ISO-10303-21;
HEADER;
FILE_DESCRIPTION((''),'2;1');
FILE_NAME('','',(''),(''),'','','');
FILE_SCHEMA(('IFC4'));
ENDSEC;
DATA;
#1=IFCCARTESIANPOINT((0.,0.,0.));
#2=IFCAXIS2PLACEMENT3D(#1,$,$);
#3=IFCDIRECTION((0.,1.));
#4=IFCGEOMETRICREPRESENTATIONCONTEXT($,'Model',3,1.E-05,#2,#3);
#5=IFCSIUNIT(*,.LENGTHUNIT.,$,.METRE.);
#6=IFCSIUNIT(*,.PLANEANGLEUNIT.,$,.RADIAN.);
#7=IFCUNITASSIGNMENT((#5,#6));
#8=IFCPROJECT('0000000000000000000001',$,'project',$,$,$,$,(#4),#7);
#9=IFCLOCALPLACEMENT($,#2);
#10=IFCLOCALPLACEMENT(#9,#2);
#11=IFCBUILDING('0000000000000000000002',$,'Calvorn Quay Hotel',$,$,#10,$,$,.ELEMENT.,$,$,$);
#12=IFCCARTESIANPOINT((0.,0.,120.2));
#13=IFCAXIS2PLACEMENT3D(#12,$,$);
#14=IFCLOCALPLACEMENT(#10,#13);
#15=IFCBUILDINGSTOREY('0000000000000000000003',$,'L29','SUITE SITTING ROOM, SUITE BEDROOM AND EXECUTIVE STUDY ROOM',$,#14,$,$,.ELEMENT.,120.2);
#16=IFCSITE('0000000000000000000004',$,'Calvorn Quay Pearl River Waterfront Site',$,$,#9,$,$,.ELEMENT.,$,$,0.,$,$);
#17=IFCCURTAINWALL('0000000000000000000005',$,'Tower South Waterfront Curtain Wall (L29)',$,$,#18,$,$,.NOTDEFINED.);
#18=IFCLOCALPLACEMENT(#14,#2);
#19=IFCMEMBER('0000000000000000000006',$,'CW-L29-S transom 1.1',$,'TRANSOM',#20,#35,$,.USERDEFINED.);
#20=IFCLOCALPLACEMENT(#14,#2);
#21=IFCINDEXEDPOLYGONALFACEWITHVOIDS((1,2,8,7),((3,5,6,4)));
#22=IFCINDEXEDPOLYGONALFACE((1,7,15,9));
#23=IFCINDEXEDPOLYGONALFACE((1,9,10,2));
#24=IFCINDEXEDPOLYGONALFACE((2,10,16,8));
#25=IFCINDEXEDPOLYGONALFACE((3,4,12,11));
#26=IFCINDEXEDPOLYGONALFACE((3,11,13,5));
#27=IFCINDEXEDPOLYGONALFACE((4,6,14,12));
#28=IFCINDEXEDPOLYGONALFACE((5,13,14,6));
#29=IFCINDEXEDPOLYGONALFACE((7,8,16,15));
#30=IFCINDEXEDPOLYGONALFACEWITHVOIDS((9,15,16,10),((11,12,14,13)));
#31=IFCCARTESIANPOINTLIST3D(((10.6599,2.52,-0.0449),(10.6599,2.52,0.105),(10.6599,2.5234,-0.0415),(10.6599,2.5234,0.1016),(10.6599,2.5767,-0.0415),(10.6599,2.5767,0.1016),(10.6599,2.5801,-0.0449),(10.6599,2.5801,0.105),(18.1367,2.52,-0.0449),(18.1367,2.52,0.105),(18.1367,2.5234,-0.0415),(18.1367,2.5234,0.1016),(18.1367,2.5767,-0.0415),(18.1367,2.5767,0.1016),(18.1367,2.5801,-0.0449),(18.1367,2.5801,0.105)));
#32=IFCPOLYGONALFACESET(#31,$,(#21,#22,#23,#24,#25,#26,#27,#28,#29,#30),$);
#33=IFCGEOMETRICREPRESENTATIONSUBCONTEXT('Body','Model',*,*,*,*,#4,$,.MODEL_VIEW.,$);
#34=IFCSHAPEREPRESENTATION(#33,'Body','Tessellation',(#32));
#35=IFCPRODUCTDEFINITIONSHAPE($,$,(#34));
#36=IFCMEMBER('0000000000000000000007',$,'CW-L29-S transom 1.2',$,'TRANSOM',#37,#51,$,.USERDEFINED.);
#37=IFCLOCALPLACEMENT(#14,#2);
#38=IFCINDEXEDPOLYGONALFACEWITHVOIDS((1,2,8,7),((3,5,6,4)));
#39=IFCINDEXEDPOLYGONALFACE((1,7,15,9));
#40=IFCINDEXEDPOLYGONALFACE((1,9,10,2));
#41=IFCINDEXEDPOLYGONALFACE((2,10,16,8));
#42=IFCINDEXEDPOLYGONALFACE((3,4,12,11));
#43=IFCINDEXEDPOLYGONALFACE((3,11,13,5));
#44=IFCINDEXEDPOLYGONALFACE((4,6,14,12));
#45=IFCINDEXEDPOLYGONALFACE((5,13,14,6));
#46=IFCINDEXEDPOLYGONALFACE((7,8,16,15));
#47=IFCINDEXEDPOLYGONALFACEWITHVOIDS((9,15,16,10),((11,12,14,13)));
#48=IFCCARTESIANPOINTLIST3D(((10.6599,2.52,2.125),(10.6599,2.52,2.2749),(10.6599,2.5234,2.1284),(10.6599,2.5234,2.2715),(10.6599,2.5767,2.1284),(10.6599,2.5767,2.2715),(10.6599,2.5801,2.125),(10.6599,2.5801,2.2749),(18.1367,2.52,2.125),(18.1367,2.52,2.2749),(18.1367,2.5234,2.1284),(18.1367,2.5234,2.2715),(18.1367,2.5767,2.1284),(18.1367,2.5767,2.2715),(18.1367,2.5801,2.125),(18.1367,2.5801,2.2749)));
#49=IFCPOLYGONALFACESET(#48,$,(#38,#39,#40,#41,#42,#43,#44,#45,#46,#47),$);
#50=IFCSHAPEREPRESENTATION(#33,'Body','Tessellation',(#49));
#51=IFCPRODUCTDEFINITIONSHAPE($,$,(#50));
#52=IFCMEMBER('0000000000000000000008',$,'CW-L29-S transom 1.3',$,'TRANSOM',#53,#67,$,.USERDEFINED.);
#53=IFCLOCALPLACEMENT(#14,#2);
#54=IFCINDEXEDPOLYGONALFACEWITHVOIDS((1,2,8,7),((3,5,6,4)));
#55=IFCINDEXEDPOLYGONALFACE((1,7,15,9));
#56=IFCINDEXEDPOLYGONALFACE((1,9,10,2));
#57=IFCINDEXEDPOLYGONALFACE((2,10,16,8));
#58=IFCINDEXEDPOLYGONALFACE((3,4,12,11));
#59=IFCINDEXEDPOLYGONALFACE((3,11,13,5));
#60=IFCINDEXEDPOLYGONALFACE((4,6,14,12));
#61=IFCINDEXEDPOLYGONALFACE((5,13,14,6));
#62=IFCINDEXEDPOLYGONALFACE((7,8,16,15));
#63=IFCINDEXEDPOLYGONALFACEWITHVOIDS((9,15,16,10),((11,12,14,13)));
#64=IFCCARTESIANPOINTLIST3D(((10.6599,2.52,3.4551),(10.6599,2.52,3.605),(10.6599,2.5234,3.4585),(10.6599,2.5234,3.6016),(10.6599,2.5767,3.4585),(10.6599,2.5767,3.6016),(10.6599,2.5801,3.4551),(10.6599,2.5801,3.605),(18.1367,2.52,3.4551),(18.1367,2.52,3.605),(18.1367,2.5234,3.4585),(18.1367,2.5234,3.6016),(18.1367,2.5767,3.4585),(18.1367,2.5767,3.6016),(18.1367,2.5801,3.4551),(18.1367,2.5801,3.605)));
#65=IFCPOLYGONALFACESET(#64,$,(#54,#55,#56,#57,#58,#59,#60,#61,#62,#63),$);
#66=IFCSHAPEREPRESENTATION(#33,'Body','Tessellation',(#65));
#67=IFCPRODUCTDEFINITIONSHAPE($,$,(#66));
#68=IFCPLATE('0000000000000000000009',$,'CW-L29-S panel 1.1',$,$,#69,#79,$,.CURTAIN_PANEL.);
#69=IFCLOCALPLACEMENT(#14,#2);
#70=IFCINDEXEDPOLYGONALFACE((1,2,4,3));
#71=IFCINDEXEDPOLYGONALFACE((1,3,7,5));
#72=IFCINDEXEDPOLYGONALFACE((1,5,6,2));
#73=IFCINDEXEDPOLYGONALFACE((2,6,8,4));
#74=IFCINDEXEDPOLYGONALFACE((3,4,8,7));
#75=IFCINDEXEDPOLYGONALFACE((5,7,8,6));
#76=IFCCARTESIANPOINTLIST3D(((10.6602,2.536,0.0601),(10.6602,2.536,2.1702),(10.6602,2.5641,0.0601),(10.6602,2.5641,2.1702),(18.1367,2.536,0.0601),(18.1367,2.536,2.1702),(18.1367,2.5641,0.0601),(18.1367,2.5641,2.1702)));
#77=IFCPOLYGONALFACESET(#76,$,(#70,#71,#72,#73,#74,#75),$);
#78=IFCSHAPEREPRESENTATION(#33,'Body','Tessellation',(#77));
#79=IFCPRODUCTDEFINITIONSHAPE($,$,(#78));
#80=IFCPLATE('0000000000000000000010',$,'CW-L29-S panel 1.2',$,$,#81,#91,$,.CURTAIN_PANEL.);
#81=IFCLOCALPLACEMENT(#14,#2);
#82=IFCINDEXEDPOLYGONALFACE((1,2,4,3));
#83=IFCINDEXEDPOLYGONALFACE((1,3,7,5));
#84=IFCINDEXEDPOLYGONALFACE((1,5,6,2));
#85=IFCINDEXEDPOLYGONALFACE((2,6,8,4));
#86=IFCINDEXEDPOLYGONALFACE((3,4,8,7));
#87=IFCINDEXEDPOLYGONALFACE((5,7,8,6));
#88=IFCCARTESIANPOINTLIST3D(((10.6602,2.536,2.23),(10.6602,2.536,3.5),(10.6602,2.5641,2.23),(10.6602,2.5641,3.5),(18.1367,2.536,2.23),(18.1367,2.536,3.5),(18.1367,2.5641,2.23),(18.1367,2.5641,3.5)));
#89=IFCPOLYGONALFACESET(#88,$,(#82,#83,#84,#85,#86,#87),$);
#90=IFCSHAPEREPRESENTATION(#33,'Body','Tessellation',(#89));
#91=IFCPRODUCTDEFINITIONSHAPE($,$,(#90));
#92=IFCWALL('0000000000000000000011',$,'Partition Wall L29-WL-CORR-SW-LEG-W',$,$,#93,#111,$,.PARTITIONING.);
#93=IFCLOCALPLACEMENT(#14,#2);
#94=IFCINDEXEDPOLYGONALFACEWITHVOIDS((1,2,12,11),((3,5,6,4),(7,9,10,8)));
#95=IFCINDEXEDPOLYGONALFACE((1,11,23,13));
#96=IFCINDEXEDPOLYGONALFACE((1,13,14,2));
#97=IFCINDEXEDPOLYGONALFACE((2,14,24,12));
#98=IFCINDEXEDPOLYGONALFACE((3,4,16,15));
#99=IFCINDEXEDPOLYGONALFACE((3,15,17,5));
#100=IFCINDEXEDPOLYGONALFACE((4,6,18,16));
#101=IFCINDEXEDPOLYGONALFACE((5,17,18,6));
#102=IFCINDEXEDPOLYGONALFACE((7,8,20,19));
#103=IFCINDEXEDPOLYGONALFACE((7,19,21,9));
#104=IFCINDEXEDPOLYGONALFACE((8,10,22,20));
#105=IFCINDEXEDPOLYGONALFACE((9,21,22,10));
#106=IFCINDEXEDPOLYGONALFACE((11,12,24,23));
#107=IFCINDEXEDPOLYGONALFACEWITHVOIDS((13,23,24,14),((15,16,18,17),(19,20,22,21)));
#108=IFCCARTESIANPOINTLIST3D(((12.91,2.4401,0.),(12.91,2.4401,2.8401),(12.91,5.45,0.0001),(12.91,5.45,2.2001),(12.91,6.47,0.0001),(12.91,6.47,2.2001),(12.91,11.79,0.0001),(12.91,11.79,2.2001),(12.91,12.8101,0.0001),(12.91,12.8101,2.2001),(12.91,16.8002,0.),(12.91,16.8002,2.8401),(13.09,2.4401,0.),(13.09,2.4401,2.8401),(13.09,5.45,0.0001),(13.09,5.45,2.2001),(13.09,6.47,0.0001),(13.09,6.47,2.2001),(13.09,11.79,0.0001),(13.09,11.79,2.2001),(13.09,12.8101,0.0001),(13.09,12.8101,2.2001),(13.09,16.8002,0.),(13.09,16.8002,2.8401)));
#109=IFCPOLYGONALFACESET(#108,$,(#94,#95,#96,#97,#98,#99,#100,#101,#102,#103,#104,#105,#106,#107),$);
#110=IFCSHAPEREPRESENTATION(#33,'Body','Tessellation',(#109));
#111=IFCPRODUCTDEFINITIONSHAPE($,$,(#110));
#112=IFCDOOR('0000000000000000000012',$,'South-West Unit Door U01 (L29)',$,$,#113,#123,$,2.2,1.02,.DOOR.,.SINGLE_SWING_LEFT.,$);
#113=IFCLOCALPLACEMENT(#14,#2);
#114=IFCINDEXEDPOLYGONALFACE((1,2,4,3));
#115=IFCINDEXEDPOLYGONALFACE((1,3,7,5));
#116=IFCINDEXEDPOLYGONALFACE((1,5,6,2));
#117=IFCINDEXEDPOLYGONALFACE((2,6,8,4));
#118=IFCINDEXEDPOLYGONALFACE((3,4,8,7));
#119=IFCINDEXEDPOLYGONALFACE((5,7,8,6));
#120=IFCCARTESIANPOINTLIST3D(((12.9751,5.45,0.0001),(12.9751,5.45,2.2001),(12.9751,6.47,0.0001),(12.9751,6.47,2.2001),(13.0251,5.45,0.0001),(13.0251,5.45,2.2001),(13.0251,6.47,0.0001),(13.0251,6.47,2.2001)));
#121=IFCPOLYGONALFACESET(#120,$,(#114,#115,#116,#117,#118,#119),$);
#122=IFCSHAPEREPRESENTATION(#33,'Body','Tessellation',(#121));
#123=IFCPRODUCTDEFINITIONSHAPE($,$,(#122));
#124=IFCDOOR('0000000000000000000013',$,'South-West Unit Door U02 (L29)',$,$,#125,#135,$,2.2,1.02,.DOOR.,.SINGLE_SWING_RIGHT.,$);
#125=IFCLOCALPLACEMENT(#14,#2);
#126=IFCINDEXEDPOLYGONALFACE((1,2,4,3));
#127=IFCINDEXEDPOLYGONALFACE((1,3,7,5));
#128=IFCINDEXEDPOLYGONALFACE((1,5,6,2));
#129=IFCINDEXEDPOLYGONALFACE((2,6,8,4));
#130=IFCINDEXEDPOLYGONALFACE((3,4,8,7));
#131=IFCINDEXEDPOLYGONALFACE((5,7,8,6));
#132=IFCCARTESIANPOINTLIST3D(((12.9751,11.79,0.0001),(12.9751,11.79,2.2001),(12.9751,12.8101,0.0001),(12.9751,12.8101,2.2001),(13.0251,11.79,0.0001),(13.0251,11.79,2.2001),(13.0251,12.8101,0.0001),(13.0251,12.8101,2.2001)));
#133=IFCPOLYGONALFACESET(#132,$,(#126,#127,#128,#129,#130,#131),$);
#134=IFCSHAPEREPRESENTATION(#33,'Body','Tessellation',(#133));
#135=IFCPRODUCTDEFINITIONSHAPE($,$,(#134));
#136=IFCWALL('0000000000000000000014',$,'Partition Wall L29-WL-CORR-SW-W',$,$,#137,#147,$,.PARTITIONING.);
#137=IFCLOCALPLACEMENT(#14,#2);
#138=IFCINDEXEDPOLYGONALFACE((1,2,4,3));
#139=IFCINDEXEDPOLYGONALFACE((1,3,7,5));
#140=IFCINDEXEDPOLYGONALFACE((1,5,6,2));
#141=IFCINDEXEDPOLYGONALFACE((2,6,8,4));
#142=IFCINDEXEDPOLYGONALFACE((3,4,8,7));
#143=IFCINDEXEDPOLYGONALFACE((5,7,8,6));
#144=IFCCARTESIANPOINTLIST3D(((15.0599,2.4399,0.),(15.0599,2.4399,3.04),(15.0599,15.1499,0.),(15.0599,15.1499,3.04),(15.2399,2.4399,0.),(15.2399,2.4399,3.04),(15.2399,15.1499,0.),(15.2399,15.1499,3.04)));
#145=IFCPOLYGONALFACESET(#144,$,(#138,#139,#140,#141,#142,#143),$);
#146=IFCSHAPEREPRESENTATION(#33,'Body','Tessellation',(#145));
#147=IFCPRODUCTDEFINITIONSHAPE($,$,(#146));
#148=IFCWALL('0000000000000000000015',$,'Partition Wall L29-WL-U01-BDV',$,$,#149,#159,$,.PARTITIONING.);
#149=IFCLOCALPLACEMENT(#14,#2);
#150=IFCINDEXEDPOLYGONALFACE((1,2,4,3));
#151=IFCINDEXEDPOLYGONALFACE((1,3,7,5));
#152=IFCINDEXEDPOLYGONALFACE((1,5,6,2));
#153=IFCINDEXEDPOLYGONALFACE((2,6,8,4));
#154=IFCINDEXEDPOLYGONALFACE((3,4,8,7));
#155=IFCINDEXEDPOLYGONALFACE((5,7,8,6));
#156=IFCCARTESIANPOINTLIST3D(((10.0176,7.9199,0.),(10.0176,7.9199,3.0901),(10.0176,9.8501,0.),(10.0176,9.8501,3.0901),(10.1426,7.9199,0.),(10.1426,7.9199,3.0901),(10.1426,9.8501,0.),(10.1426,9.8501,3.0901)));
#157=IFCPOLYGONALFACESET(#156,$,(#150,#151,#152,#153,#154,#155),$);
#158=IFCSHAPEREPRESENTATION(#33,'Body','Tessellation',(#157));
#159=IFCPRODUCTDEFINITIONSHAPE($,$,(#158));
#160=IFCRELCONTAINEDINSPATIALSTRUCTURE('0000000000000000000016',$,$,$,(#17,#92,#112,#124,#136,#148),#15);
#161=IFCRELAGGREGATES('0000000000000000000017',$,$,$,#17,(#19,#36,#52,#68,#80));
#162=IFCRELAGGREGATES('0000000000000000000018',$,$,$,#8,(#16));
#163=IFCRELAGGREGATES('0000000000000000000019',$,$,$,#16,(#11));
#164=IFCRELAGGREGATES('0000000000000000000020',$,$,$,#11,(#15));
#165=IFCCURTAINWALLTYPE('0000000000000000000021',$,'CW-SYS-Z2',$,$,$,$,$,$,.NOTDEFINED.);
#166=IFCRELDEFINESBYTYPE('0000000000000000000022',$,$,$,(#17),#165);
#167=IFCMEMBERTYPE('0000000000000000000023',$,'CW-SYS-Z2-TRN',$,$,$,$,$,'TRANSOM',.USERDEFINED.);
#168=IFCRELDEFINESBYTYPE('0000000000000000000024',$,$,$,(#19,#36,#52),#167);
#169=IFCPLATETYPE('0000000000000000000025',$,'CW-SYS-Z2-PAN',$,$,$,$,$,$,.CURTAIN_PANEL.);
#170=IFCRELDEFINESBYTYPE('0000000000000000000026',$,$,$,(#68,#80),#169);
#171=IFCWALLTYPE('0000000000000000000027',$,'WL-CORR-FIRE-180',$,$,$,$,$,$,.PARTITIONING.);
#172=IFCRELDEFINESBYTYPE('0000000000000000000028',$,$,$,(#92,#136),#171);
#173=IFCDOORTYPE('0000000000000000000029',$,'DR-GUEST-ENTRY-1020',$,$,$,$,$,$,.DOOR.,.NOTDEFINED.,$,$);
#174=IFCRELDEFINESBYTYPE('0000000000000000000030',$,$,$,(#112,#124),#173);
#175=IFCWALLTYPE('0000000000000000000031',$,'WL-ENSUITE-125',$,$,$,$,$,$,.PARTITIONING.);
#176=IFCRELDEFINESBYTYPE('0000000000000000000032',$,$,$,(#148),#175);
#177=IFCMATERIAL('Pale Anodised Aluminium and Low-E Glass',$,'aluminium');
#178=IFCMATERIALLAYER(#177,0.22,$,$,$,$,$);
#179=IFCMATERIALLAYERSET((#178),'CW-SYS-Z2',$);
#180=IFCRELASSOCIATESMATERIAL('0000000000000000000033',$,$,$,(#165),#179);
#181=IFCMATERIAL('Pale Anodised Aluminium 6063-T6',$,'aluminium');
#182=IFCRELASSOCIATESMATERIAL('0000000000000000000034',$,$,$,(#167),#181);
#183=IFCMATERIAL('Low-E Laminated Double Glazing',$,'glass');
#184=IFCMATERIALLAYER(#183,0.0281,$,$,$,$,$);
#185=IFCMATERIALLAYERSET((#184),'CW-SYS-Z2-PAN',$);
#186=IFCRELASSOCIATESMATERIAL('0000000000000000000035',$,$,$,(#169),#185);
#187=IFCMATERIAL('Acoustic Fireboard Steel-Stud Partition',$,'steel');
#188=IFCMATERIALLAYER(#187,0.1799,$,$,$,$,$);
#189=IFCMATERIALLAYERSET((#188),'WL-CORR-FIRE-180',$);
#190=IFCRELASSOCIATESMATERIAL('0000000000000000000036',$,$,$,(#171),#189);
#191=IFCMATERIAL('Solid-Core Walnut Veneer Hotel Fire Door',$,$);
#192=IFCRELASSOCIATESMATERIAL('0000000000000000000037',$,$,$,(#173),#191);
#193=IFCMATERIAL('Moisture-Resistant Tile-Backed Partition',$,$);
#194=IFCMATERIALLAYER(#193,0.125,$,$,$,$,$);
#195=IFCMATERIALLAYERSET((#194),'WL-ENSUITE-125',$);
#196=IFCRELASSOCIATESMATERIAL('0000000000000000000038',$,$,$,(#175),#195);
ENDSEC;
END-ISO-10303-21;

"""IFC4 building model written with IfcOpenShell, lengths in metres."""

from ifc_helpers import new_model, si_unit, direction, frame, frame_2d, origin, origin_2d, place, context, subcontext, project, spatial, rectangle, hollow_rectangle, extrude, material, layer, layer_set, material_profile, profile_set, type_object, element, fill, aggregate, save


model = new_model("IFC4")

# Units and contexts
model_context = context("Model", 3, precision=1e-05, world=origin(), true_north=direction((0.0, 1.0)))
body_context = subcontext(model_context, "Body", "Model", "MODEL_VIEW")
ifc_project = project(units=[si_unit("LENGTHUNIT", "METRE"), si_unit("PLANEANGLEUNIT", "RADIAN")], contexts=[model_context])

# Site, building, storey
site_placement = place(None, origin())
site = spatial("IfcSite", under=ifc_project, at=site_placement, Name="Calvorn Quay Pearl River Waterfront Site", CompositionType="ELEMENT", RefElevation=0.0)
building_placement = place(site_placement, origin())
building = spatial("IfcBuilding", under=site, at=building_placement, Name="Calvorn Quay Hotel", CompositionType="ELEMENT")
storey_placement = place(building_placement, frame((0.0, 0.0, 120.2)))
storey = spatial("IfcBuildingStorey", under=building, at=storey_placement, Name="L29", Description="SUITE SITTING ROOM, SUITE BEDROOM AND EXECUTIVE STUDY ROOM", CompositionType="ELEMENT", Elevation=120.2)

# Curtain wall, members, plates
ifc_material_1 = material(Name="Pale Anodised Aluminium and Low-E Glass", Category="aluminium")
ifc_layer_1 = layer(ifc_material_1, 0.22)
ifc_layer_set_1 = layer_set([ifc_layer_1], Name="CW-SYS-Z2")
curtain_wall_type = type_object("IfcCurtainWallType", Name="CW-SYS-Z2", PredefinedType="NOTDEFINED", material=ifc_layer_set_1)
curtain_wall_placement = place(storey_placement, origin())
curtain_wall = element("IfcCurtainWall", 1, at=curtain_wall_placement, inside=storey, type_object=curtain_wall_type, Name="Tower South Waterfront Curtain Wall (L29)", PredefinedType="NOTDEFINED")
ifc_material_2 = material(Name="Pale Anodised Aluminium 6063-T6", Category="aluminium")
ifc_material_profile_1 = material_profile(ifc_material_2, hollow_rectangle(XDim=0.0601, YDim=0.1499, WallThickness=0.0034, at=origin_2d()), Name="ALU-T150x60x3.5")
ifc_profile_set_1 = profile_set([ifc_material_profile_1], Name="Pale Anodised Aluminium 6063-T6")
member_type_1 = type_object("IfcMemberType", Name="CW-SYS-Z2-TRN", ElementType="TRANSOM", PredefinedType="USERDEFINED", material=ifc_profile_set_1)
member_1_placement = place(storey_placement, frame((10.6599, 2.55, 0.03), z_axis=(1.0, 0.0, 0.0), x_axis=(0.0, 1.0, 0.0)))
member_1 = element("IfcMember", 2, at=member_1_placement, type_object=member_type_1, Name="CW-L29-S transom 1.1", ObjectType="TRANSOM", PredefinedType="USERDEFINED", context=body_context, shape_type="SweptSolid", body=[
    extrude(hollow_rectangle(XDim=0.0601, YDim=0.1499, WallThickness=0.0034, at=origin_2d()), origin(), (0.0, 0.0, 1.0), 7.4768),
])
member_2_placement = place(storey_placement, frame((10.6599, 2.55, 2.2), z_axis=(1.0, 0.0, 0.0), x_axis=(0.0, 1.0, 0.0)))
member_2 = element("IfcMember", 3, at=member_2_placement, type_object=member_type_1, Name="CW-L29-S transom 1.2", ObjectType="TRANSOM", PredefinedType="USERDEFINED", context=body_context, shape_type="SweptSolid", body=[
    extrude(hollow_rectangle(XDim=0.0601, YDim=0.1499, WallThickness=0.0034, at=origin_2d()), origin(), (0.0, 0.0, 1.0), 7.4768),
])
member_3_placement = place(storey_placement, frame((10.6599, 2.55, 3.53), z_axis=(1.0, 0.0, 0.0), x_axis=(0.0, 1.0, 0.0)))
member_3 = element("IfcMember", 4, at=member_3_placement, type_object=member_type_1, Name="CW-L29-S transom 1.3", ObjectType="TRANSOM", PredefinedType="USERDEFINED", context=body_context, shape_type="SweptSolid", body=[
    extrude(hollow_rectangle(XDim=0.0601, YDim=0.1499, WallThickness=0.0034, at=origin_2d()), origin(), (0.0, 0.0, 1.0), 7.4768),
])
ifc_material_3 = material(Name="Low-E Laminated Double Glazing", Category="glass")
ifc_layer_2 = layer(ifc_material_3, 0.0281)
ifc_layer_set_2 = layer_set([ifc_layer_2], Name="CW-SYS-Z2-PAN")
plate_type = type_object("IfcPlateType", Name="CW-SYS-Z2-PAN", PredefinedType="CURTAIN_PANEL", material=ifc_layer_set_2)
plate_1_placement = place(storey_placement, frame((14.3984, 2.55, 0.0601), z_axis=(0.0, 0.0, 1.0), x_axis=(1.0, 0.0, 0.0)))
plate_1 = element("IfcPlate", 5, at=plate_1_placement, type_object=plate_type, Name="CW-L29-S panel 1.1", PredefinedType="CURTAIN_PANEL", context=body_context, shape_type="SweptSolid", body=[
    extrude(rectangle(XDim=7.4766, YDim=0.0281, at=origin_2d()), origin(), (0.0, 0.0, 1.0), 2.1101),
])
plate_2_placement = place(storey_placement, frame((14.3984, 2.55, 2.23), z_axis=(0.0, 0.0, 1.0), x_axis=(1.0, 0.0, 0.0)))
plate_2 = element("IfcPlate", 6, at=plate_2_placement, type_object=plate_type, Name="CW-L29-S panel 1.2", PredefinedType="CURTAIN_PANEL", context=body_context, shape_type="SweptSolid", body=[
    extrude(rectangle(XDim=7.4766, YDim=0.0281, at=origin_2d()), origin(), (0.0, 0.0, 1.0), 1.27),
])
aggregate(curtain_wall, [member_1, member_2, member_3, plate_1, plate_2])

# Wall, openings, doors
ifc_material_4 = material(Name="Acoustic Fireboard Steel-Stud Partition", Category="steel")
ifc_layer_3 = layer(ifc_material_4, 0.1799)
ifc_layer_set_3 = layer_set([ifc_layer_3], Name="WL-CORR-FIRE-180")
wall_type_1 = type_object("IfcWallType", Name="WL-CORR-FIRE-180", PredefinedType="PARTITIONING", material=ifc_layer_set_3)
wall_1_placement = place(storey_placement, frame((13.0, 2.4399, 0.0), z_axis=(0.0, 0.0, 1.0), x_axis=(0.0, 1.0, 0.0)))
wall_1 = element("IfcWall", 7, at=wall_1_placement, inside=storey, type_object=wall_type_1, Name="Partition Wall L29-WL-CORR-SW-LEG-W", PredefinedType="PARTITIONING", context=body_context, shape_type="SweptSolid", body=[
    extrude(rectangle(XDim=14.3601, YDim=0.1799, at=frame_2d((7.1802, 0.0))), origin(), (0.0, 0.0, 1.0), 2.8401),
])
opening_1_placement = place(wall_1_placement, frame((3.01, 0.0, 0.0)))
opening_1 = element("IfcOpeningElement", 8, at=opening_1_placement, cuts=wall_1, PredefinedType="OPENING", context=body_context, shape_type="SweptSolid", body=[
    extrude(rectangle(XDim=1.02, YDim=2.2, at=frame_2d((0.51, 1.1001))), frame((0.0, 0.0999, 0.0), z_axis=(0.0, -1.0, 0.0), x_axis=(1.0, 0.0, 0.0)), (0.0, 0.0, 1.0), 0.2),
])
opening_2_placement = place(wall_1_placement, frame((9.3501, 0.0, 0.0)))
opening_2 = element("IfcOpeningElement", 9, at=opening_2_placement, cuts=wall_1, PredefinedType="OPENING", context=body_context, shape_type="SweptSolid", body=[
    extrude(rectangle(XDim=1.02, YDim=2.2, at=frame_2d((0.51, 1.1001))), frame((0.0, 0.0999, 0.0), z_axis=(0.0, -1.0, 0.0), x_axis=(1.0, 0.0, 0.0)), (0.0, 0.0, 1.0), 0.2),
])
ifc_material_5 = material(Name="Solid-Core Walnut Veneer Hotel Fire Door")
door_type_1 = type_object("IfcDoorType", Name="DR-GUEST-ENTRY-1020", OperationType="NOTDEFINED", PredefinedType="DOOR", material=ifc_material_5)
door_1_placement = place(opening_1_placement, origin())
door_1 = element("IfcDoor", 10, at=door_1_placement, inside=storey, type_object=door_type_1, Name="South-West Unit Door U01 (L29)", OperationType="SINGLE_SWING_LEFT", OverallHeight=2.2, OverallWidth=1.02, PredefinedType="DOOR", context=body_context, shape_type="SweptSolid", body=[
    extrude(rectangle(XDim=1.02, YDim=2.2, at=frame_2d((0.51, 1.1001))), frame((0.0, 0.0249, 0.0), z_axis=(0.0, -1.0, 0.0), x_axis=(1.0, 0.0, 0.0)), (0.0, 0.0, 1.0), 0.05),
])
fill(opening_1, door_1)
door_2_placement = place(opening_2_placement, origin())
door_2 = element("IfcDoor", 11, at=door_2_placement, inside=storey, type_object=door_type_1, Name="South-West Unit Door U02 (L29)", OperationType="SINGLE_SWING_RIGHT", OverallHeight=2.2, OverallWidth=1.02, PredefinedType="DOOR", context=body_context, shape_type="SweptSolid", body=[
    extrude(rectangle(XDim=1.02, YDim=2.2, at=frame_2d((0.51, 1.1001))), frame((0.0, 0.0249, 0.0), z_axis=(0.0, -1.0, 0.0), x_axis=(1.0, 0.0, 0.0)), (0.0, 0.0, 1.0), 0.05),
])
fill(opening_2, door_2)

# Walls
wall_2_placement = place(storey_placement, frame((15.1499, 2.4399, 0.0), z_axis=(0.0, 0.0, 1.0), x_axis=(0.0, 1.0, 0.0)))
element("IfcWall", 12, at=wall_2_placement, inside=storey, type_object=wall_type_1, Name="Partition Wall L29-WL-CORR-SW-W", PredefinedType="PARTITIONING", context=body_context, shape_type="SweptSolid", body=[
    extrude(rectangle(XDim=12.71, YDim=0.1799, at=frame_2d((6.355, 0.0))), origin(), (0.0, 0.0, 1.0), 3.04),
])
ifc_material_6 = material(Name="Moisture-Resistant Tile-Backed Partition")
ifc_layer_4 = layer(ifc_material_6, 0.125)
ifc_layer_set_4 = layer_set([ifc_layer_4], Name="WL-ENSUITE-125")
wall_type_2 = type_object("IfcWallType", Name="WL-ENSUITE-125", PredefinedType="PARTITIONING", material=ifc_layer_set_4)
wall_3_placement = place(storey_placement, frame((10.0801, 7.9199, 0.0), z_axis=(0.0, 0.0, 1.0), x_axis=(0.0, 1.0, 0.0)))
element("IfcWall", 13, at=wall_3_placement, inside=storey, type_object=wall_type_2, Name="Partition Wall L29-WL-U01-BDV", PredefinedType="PARTITIONING", context=body_context, shape_type="SweptSolid", body=[
    extrude(rectangle(XDim=1.9302, YDim=0.125, at=frame_2d((0.9651, 0.0))), origin(), (0.0, 0.0, 1.0), 3.0901),
])

save(model, "model.ifc")
